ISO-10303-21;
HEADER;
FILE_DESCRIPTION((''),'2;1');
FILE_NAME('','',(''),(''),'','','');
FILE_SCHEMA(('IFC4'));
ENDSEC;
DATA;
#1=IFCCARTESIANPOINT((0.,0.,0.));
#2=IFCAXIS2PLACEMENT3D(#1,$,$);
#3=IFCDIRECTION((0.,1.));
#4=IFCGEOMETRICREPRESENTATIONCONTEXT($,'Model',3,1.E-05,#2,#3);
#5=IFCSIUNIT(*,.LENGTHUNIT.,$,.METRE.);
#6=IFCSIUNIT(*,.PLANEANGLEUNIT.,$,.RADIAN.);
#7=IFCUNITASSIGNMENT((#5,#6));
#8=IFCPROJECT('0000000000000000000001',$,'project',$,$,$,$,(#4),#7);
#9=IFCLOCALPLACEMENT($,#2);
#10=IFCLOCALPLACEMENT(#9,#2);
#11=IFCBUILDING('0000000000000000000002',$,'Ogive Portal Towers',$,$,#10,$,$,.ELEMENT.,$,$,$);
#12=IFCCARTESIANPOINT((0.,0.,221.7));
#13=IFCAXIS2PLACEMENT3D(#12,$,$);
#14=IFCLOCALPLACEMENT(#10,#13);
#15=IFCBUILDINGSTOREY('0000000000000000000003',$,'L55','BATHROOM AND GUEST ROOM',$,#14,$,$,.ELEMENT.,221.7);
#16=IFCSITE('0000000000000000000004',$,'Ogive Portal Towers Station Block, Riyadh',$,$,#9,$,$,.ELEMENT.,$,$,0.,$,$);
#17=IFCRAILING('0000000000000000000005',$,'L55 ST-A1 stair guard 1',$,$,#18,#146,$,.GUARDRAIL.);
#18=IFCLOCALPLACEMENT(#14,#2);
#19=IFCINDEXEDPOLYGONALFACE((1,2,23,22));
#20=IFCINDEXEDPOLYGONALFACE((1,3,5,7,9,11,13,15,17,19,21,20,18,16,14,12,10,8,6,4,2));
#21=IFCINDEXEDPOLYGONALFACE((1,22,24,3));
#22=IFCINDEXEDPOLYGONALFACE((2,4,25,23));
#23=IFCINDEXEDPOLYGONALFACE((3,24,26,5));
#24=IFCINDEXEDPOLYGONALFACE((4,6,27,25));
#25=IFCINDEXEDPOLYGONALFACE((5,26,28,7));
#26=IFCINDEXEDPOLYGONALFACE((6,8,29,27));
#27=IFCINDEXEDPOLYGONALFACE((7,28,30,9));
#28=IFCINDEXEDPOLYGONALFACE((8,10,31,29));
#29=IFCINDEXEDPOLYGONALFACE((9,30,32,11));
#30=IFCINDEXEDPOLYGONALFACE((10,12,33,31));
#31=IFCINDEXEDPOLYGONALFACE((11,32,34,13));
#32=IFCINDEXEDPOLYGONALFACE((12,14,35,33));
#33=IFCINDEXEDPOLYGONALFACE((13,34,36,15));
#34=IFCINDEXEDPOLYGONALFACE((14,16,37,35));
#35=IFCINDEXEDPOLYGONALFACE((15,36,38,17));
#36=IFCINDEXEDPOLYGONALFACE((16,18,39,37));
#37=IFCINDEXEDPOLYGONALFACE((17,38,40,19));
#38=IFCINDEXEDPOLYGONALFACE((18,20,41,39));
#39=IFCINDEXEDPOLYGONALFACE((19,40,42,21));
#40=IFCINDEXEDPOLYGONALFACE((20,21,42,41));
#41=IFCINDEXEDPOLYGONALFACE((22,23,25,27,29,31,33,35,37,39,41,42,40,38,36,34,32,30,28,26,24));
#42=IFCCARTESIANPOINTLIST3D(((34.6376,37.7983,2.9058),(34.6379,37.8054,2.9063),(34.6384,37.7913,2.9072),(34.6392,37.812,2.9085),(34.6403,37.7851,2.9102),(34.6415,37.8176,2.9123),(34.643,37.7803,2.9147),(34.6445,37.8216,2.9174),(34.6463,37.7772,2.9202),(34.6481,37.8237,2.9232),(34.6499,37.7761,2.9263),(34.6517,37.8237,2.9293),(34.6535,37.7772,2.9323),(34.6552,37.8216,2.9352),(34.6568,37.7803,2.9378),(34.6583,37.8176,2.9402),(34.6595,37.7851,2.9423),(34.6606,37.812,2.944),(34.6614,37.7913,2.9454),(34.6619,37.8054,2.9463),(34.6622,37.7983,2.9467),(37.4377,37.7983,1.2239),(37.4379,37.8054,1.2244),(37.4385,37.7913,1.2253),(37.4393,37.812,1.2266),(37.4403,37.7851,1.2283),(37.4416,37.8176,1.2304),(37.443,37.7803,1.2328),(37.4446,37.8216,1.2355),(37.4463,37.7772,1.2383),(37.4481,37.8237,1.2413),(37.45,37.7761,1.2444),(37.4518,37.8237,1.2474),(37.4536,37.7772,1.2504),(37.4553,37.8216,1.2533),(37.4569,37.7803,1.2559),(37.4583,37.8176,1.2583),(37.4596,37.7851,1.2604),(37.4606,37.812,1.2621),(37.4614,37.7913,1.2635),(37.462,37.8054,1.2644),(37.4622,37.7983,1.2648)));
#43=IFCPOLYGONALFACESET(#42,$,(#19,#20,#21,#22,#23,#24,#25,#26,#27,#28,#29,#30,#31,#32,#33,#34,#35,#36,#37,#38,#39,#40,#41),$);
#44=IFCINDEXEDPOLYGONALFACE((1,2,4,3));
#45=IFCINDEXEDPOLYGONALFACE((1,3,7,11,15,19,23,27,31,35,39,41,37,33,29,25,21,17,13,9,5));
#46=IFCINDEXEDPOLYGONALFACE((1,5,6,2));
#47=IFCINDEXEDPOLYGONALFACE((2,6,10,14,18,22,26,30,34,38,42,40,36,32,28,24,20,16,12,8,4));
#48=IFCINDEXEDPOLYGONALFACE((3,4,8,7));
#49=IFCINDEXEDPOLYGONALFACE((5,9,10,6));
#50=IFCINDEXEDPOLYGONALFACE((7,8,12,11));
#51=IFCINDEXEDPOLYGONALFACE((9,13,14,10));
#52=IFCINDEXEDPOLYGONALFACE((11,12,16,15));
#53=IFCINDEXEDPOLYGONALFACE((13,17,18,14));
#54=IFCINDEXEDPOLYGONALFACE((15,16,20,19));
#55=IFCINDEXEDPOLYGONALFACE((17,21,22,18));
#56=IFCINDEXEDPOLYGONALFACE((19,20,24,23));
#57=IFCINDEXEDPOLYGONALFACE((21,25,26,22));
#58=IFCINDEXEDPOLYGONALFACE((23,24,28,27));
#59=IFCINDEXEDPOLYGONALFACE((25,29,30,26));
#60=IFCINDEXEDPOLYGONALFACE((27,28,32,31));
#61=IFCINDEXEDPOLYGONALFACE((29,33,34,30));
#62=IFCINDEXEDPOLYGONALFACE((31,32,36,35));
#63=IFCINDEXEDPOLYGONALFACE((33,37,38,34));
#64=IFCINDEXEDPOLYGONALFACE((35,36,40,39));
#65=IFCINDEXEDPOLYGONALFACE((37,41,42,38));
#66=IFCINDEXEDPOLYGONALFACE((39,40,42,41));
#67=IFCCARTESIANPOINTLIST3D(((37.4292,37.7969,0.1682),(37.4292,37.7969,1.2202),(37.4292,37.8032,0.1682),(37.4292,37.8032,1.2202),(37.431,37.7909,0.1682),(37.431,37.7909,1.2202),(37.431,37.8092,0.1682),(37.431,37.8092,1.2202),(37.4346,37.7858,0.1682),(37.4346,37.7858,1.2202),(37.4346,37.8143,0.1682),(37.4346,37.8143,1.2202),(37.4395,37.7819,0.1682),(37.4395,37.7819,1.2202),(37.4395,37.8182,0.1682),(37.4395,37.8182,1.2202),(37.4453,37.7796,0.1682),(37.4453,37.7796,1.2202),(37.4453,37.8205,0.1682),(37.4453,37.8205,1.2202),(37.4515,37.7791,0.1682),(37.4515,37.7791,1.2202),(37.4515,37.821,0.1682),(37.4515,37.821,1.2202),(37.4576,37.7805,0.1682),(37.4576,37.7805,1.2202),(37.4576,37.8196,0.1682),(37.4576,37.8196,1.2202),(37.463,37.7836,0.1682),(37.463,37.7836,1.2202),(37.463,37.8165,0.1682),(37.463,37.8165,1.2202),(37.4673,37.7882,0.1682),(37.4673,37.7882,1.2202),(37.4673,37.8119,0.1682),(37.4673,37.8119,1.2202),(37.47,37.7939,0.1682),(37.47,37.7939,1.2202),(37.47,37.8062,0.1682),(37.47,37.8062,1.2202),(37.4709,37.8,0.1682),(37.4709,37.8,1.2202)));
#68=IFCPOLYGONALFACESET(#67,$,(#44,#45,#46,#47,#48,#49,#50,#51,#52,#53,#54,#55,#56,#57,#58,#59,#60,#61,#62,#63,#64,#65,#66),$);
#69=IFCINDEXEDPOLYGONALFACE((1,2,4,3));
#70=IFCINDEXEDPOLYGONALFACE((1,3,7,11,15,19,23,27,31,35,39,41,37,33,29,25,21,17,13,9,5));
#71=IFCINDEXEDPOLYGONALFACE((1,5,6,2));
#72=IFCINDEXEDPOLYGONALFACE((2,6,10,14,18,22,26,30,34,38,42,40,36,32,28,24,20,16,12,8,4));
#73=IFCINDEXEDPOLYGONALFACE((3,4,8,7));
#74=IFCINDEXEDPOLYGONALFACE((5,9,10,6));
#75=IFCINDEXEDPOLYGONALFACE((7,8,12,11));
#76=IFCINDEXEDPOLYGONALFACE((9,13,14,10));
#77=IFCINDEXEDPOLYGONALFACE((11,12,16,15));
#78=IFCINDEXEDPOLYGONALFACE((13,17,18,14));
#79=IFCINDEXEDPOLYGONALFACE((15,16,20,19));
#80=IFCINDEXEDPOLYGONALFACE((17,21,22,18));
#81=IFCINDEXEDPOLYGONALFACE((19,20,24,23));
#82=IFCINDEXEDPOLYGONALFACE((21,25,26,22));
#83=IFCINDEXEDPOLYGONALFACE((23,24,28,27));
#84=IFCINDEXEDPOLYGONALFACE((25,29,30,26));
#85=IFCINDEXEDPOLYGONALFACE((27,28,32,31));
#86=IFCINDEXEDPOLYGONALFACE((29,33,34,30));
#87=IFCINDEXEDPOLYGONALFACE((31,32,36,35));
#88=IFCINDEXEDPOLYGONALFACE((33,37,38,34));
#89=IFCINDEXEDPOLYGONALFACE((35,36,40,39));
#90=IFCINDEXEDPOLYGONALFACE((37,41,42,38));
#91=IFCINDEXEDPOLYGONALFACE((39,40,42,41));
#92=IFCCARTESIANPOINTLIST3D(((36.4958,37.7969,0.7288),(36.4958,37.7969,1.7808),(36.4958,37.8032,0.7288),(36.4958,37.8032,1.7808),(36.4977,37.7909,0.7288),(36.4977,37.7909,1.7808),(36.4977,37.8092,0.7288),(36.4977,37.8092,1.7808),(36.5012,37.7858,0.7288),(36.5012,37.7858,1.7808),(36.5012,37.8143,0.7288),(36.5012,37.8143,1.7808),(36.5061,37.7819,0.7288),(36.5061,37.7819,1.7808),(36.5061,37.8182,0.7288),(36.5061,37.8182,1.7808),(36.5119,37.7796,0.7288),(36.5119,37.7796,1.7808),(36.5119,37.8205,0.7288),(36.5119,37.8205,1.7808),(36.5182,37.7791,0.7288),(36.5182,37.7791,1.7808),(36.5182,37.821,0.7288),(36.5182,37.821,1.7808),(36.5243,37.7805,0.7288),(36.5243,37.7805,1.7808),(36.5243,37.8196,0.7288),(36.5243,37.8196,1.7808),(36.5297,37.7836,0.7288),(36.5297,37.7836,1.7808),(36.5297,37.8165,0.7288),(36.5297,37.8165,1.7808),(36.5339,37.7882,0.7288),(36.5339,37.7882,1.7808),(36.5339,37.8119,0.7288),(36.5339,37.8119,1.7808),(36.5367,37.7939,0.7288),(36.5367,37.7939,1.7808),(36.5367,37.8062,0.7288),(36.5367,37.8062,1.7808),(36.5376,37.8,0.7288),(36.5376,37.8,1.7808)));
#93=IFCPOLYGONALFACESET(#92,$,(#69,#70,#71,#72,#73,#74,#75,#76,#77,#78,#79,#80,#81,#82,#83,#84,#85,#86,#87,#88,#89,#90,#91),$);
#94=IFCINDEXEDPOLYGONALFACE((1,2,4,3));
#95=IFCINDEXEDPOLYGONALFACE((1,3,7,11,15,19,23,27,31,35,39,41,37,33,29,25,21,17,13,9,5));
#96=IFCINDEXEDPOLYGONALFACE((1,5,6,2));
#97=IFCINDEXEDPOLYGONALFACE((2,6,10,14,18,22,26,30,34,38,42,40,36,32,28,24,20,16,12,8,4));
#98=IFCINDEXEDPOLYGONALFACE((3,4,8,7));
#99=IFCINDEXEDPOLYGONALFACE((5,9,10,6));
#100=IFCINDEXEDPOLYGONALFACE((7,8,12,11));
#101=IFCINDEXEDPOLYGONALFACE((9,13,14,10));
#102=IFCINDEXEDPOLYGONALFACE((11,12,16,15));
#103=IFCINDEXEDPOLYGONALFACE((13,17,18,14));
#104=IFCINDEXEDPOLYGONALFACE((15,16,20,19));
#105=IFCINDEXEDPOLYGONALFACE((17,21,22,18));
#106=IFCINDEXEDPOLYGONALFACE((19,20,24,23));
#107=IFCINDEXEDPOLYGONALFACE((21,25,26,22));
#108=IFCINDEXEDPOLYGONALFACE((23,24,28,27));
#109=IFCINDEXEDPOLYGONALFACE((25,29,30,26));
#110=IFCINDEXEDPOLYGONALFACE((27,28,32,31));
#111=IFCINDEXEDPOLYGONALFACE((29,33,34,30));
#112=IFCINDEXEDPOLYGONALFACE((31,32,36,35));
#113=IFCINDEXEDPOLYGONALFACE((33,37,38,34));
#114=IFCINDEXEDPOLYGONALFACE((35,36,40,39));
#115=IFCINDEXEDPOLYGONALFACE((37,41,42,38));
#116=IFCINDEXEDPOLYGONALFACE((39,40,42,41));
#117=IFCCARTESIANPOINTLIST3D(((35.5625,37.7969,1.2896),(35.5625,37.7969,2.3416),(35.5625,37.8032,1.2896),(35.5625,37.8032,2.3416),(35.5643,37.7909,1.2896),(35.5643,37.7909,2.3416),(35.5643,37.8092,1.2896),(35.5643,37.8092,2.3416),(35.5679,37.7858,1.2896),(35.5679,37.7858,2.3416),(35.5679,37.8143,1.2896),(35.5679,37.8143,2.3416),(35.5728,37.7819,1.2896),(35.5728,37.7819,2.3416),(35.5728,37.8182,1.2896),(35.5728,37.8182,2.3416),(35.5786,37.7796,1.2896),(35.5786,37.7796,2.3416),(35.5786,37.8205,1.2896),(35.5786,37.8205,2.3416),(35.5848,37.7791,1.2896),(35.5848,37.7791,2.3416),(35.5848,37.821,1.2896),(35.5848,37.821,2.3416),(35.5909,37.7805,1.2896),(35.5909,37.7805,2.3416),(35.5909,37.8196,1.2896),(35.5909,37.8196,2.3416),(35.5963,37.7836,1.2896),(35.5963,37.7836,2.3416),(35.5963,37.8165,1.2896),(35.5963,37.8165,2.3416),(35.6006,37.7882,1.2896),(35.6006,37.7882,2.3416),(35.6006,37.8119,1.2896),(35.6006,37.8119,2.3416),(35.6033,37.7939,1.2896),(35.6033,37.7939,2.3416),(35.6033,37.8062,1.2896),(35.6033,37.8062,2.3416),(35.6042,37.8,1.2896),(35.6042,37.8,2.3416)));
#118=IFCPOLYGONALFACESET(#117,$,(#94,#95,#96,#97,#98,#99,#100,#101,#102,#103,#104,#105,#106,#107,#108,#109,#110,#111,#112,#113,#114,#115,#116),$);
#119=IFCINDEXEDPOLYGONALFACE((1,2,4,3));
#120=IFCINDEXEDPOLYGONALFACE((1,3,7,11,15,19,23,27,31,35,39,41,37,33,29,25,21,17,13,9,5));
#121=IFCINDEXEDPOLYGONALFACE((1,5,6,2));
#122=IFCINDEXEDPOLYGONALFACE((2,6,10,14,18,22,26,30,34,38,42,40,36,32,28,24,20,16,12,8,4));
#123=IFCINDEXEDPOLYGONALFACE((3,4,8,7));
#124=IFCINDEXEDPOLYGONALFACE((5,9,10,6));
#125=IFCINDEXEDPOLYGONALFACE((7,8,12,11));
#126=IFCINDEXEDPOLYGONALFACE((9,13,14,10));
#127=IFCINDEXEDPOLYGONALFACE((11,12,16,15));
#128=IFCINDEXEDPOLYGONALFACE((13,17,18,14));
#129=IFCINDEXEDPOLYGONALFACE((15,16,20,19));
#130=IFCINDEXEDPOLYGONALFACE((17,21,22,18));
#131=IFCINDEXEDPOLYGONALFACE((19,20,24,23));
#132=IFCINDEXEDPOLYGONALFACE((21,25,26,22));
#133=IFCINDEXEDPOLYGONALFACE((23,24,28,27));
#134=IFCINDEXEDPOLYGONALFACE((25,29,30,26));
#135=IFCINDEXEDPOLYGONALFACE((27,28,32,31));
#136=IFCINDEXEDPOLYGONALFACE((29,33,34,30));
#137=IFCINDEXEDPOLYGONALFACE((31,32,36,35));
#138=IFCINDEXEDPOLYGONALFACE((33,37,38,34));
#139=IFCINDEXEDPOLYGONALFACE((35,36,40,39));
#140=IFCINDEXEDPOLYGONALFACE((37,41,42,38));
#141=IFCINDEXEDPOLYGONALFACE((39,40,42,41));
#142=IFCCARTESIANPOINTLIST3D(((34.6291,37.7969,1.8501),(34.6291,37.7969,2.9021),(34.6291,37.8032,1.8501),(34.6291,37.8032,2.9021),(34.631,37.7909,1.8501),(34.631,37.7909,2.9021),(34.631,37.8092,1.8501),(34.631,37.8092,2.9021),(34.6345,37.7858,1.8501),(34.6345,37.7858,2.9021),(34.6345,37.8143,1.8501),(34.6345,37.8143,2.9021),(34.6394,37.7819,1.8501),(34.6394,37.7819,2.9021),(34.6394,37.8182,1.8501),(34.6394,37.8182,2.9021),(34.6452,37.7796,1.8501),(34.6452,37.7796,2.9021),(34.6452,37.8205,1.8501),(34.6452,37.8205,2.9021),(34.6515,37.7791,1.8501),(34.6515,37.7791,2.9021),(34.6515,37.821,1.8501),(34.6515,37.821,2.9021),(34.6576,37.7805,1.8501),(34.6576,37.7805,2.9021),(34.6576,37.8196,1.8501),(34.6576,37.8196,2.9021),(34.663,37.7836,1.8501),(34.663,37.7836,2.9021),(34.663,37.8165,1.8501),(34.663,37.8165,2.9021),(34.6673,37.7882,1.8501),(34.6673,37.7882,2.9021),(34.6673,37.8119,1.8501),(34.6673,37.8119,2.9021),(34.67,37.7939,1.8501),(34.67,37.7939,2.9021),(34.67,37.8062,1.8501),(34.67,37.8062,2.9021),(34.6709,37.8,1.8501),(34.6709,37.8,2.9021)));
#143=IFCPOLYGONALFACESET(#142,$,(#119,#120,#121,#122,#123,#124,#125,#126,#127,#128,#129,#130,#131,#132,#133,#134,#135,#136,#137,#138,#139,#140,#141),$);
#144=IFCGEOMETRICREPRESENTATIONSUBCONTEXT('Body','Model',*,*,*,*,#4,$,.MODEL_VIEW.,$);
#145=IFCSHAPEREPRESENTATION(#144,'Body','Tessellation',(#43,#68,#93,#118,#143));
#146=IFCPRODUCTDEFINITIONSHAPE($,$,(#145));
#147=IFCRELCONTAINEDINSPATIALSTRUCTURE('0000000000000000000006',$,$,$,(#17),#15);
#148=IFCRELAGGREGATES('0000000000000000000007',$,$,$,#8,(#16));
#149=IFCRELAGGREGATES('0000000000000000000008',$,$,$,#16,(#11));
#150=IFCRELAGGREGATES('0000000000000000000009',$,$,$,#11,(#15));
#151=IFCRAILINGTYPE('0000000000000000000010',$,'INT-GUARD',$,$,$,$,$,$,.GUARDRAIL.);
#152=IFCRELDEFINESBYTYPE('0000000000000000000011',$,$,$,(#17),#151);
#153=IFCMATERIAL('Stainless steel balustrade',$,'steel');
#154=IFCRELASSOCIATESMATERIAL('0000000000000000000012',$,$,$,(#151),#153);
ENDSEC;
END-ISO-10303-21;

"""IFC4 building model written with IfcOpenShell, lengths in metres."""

from ifc_helpers import new_model, si_unit, direction, frame, origin, origin_2d, place, context, subcontext, project, spatial, circle, extrude, material, type_object, element, save


model = new_model("IFC4")

# Units and contexts
model_context = context("Model", 3, precision=1e-05, world=origin(), true_north=direction((0.0, 1.0)))
body_context = subcontext(model_context, "Body", "Model", "MODEL_VIEW")
ifc_project = project(units=[si_unit("LENGTHUNIT", "METRE"), si_unit("PLANEANGLEUNIT", "RADIAN")], contexts=[model_context])

# Site, building, storey
site_placement = place(None, origin())
site = spatial("IfcSite", under=ifc_project, at=site_placement, Name="Ogive Portal Towers Station Block, Riyadh", CompositionType="ELEMENT", RefElevation=0.0)
building_placement = place(site_placement, origin())
building = spatial("IfcBuilding", under=site, at=building_placement, Name="Ogive Portal Towers", CompositionType="ELEMENT")
storey_placement = place(building_placement, frame((0.0, 0.0, 221.7)))
storey = spatial("IfcBuildingStorey", under=building, at=storey_placement, Name="L55", Description="BATHROOM AND GUEST ROOM", CompositionType="ELEMENT", Elevation=221.7)

# Railing
ifc_material_1 = material(Name="Stainless steel balustrade", Category="steel")
railing_type_1 = type_object("IfcRailingType", Name="INT-GUARD", PredefinedType="GUARDRAIL", material=ifc_material_1)
railing_1_placement = place(storey_placement, frame((37.45, 37.8, 0.1682)))
element("IfcRailing", 1, at=railing_1_placement, inside=storey, type_object=railing_type_1, Name="L55 ST-A1 stair guard 1", PredefinedType="GUARDRAIL", context=body_context, shape_type="SweptSolid", body=[
    extrude(circle(Radius=0.0239, at=origin_2d()), frame((0.0, 0.0, 1.0762), z_axis=(-0.857242, 0.0, 0.514913), x_axis=(0.0, -1.0, 0.0)), (0.0, 0.0, 1.0), 3.2664),
    extrude(circle(Radius=0.021, at=origin_2d()), origin(), (0.0, 0.0, 1.0), 1.052),
    extrude(circle(Radius=0.021, at=origin_2d()), frame((-0.9333, 0.0, 0.5605)), (0.0, 0.0, 1.0), 1.052),
    extrude(circle(Radius=0.021, at=origin_2d()), frame((-1.8667, 0.0, 1.1213)), (0.0, 0.0, 1.0), 1.052),
    extrude(circle(Radius=0.021, at=origin_2d()), frame((-2.8, 0.0, 1.6819)), (0.0, 0.0, 1.0), 1.052),
])

save(model, "model.ifc")
